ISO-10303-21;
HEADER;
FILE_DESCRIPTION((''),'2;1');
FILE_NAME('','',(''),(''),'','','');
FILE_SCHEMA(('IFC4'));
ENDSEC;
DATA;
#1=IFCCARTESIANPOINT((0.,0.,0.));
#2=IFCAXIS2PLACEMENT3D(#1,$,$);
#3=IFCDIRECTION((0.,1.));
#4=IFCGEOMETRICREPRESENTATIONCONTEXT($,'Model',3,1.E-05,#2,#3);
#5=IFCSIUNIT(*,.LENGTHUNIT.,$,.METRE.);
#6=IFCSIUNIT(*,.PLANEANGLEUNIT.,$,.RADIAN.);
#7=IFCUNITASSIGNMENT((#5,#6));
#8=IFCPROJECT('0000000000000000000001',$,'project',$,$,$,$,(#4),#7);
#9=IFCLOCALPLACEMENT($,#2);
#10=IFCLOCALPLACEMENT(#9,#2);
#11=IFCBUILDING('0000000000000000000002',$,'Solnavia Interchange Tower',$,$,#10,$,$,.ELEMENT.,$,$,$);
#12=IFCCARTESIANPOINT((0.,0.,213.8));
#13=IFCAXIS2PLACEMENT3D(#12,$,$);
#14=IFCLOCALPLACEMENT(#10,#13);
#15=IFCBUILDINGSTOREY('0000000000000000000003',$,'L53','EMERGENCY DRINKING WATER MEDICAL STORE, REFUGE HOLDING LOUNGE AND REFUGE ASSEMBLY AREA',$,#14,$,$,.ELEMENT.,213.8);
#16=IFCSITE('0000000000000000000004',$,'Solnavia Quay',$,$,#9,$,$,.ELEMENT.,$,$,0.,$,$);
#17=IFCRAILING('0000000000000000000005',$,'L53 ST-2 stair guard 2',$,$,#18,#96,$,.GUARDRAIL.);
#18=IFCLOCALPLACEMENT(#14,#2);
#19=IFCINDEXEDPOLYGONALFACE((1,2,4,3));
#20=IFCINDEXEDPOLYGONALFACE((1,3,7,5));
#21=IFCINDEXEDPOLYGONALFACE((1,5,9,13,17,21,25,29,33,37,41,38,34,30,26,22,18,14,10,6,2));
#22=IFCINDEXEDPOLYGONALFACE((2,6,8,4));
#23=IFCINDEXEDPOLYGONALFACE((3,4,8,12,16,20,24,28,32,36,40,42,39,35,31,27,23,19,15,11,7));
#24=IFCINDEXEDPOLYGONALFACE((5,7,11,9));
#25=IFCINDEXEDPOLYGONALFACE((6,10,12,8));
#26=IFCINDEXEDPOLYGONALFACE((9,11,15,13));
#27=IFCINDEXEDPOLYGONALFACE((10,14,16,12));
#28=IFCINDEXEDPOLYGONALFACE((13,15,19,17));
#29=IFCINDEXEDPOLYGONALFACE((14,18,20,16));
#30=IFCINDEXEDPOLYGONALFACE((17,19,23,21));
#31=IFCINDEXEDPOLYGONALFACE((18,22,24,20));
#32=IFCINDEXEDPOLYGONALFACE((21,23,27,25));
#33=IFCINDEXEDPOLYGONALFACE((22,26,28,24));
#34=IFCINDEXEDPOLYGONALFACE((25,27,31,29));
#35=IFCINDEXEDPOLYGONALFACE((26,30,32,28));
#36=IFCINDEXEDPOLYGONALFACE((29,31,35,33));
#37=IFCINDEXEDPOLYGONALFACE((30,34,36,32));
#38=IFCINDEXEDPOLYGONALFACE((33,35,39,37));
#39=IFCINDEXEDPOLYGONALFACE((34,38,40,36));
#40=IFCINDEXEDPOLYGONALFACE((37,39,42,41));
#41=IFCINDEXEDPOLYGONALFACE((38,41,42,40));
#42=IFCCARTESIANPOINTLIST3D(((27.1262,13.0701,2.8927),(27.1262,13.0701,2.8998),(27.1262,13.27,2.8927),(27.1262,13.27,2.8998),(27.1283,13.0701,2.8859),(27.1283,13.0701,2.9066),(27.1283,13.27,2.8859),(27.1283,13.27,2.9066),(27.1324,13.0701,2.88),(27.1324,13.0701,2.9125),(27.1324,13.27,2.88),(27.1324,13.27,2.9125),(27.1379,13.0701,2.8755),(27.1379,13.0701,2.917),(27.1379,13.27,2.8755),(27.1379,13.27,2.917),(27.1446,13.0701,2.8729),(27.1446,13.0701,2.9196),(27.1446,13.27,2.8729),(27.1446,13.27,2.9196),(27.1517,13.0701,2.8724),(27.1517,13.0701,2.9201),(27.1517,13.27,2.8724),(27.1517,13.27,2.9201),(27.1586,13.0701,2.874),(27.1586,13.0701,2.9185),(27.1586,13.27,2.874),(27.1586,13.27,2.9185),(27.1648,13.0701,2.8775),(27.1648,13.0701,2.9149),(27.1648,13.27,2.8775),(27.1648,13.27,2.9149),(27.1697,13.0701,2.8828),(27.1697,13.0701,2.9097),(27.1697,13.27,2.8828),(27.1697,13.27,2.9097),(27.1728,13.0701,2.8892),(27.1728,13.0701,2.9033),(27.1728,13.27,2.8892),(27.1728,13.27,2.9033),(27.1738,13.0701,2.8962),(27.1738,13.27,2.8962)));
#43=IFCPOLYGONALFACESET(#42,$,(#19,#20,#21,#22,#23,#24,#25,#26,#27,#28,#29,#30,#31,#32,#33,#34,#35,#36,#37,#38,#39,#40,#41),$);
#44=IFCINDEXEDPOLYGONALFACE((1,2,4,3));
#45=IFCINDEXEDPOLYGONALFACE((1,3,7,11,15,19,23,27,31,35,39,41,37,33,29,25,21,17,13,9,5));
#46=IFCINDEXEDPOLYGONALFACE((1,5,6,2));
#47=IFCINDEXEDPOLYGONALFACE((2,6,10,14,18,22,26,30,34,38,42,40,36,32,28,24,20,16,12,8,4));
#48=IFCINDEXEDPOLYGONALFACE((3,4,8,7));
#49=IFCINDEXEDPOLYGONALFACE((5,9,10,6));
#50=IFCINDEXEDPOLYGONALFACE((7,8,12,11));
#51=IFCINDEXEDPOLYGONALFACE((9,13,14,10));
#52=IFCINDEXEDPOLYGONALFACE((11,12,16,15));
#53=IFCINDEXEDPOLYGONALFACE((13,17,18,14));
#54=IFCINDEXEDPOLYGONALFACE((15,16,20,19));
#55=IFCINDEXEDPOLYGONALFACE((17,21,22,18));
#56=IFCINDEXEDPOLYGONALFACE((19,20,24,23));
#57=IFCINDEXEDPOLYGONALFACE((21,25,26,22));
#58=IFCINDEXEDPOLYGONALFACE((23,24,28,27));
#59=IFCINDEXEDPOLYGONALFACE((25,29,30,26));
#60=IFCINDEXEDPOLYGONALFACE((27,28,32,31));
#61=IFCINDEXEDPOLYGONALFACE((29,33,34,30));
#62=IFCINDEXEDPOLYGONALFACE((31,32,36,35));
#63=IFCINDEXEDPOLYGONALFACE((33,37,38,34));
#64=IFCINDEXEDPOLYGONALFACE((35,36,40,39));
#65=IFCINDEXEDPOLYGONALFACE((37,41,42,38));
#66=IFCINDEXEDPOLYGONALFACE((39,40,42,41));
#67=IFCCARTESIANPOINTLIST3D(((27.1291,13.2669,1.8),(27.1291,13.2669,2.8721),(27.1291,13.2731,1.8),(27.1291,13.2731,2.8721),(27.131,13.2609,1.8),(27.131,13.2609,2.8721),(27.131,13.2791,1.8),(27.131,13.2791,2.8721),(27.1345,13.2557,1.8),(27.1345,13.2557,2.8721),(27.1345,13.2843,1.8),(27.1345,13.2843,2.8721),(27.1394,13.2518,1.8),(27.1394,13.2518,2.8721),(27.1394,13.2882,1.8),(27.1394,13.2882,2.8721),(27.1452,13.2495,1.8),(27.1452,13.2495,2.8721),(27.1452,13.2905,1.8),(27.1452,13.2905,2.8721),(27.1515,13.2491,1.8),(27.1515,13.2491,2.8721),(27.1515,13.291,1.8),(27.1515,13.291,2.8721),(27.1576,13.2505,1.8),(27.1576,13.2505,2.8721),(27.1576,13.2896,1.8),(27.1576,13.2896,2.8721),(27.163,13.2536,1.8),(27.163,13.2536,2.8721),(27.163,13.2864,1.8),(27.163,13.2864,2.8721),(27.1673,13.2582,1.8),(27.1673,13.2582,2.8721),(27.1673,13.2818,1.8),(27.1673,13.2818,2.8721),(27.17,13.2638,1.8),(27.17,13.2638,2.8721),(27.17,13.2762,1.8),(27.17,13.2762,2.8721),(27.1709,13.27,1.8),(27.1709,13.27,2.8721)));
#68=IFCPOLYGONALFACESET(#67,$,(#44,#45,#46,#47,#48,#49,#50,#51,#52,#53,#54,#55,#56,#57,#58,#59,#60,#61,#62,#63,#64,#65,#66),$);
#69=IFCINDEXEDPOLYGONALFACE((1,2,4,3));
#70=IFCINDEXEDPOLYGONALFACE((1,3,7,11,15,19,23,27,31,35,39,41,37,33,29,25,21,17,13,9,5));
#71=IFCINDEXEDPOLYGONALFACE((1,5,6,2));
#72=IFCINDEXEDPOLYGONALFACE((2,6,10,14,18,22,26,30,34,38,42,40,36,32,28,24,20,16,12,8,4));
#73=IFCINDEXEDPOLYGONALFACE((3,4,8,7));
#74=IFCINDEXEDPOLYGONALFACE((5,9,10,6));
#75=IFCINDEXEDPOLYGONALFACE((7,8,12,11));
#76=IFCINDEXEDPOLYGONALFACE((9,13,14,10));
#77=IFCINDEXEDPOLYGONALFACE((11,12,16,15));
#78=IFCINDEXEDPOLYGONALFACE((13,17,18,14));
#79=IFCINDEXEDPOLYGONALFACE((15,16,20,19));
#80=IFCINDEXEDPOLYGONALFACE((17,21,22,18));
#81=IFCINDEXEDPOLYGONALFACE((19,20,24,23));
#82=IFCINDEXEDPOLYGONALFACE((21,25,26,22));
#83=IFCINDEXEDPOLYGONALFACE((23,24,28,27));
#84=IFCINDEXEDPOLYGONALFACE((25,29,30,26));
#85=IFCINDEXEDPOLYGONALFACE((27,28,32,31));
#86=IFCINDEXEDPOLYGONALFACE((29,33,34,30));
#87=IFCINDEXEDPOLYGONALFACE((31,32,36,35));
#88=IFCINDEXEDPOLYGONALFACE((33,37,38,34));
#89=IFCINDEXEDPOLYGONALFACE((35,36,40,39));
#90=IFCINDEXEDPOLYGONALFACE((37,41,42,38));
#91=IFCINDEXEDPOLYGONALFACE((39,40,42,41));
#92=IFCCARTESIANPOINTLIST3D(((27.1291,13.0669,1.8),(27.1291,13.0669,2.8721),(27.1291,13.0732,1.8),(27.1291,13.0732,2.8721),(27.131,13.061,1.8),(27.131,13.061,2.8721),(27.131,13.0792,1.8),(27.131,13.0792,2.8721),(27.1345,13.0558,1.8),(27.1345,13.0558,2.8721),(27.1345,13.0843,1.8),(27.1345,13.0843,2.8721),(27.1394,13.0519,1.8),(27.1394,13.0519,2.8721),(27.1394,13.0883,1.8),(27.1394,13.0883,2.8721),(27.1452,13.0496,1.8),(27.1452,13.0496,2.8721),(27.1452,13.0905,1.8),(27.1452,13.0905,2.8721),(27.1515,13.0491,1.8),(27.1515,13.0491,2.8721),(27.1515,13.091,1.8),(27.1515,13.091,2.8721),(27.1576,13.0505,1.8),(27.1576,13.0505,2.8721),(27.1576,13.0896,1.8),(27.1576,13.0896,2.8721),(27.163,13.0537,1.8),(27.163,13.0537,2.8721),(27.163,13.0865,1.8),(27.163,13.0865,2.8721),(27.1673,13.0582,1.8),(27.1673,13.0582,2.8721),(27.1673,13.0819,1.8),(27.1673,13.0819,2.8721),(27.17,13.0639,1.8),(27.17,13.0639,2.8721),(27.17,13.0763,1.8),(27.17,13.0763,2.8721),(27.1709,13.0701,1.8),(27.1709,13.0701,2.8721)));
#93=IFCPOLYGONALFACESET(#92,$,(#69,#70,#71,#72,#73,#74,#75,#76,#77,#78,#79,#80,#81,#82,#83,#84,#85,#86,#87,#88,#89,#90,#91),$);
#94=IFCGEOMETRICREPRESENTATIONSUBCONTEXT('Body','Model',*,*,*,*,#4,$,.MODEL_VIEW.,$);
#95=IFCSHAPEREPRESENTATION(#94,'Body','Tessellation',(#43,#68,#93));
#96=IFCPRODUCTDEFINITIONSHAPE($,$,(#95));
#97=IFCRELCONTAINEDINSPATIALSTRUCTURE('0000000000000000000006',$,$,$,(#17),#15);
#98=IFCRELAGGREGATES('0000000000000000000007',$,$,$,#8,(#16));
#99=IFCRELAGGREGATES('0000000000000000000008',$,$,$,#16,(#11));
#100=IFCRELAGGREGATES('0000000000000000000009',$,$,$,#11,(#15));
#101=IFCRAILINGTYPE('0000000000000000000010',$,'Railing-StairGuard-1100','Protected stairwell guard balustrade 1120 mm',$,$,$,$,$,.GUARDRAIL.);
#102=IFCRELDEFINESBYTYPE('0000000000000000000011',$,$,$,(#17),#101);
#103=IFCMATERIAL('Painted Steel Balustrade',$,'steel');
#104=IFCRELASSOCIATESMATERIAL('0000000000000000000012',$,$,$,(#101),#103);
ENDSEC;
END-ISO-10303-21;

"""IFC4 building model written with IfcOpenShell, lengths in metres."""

from ifc_helpers import new_model, si_unit, direction, frame, origin, origin_2d, place, context, subcontext, project, spatial, circle, extrude, material, type_object, element, save


model = new_model("IFC4")

# Units and contexts
model_context = context("Model", 3, precision=1e-05, world=origin(), true_north=direction((0.0, 1.0)))
body_context = subcontext(model_context, "Body", "Model", "MODEL_VIEW")
ifc_project = project(units=[si_unit("LENGTHUNIT", "METRE"), si_unit("PLANEANGLEUNIT", "RADIAN")], contexts=[model_context])

# Site, building, storey
site_placement = place(None, origin())
site = spatial("IfcSite", under=ifc_project, at=site_placement, Name="Solnavia Quay", CompositionType="ELEMENT", RefElevation=0.0)
building_placement = place(site_placement, origin())
building = spatial("IfcBuilding", under=site, at=building_placement, Name="Solnavia Interchange Tower", CompositionType="ELEMENT")
storey_placement = place(building_placement, frame((0.0, 0.0, 213.8)))
storey = spatial("IfcBuildingStorey", under=building, at=storey_placement, Name="L53", Description="EMERGENCY DRINKING WATER MEDICAL STORE, REFUGE HOLDING LOUNGE AND REFUGE ASSEMBLY AREA", CompositionType="ELEMENT", Elevation=213.8)

# Railing
ifc_material_1 = material(Name="Painted Steel Balustrade", Category="steel")
railing_type_1 = type_object("IfcRailingType", Name="Railing-StairGuard-1100", Description="Protected stairwell guard balustrade 1120 mm", PredefinedType="GUARDRAIL", material=ifc_material_1)
railing_1_placement = place(storey_placement, frame((27.1499, 13.27, 1.8)))
element("IfcRailing", 1, at=railing_1_placement, inside=storey, type_object=railing_type_1, Name="L53 ST-2 stair guard 2", PredefinedType="GUARDRAIL", context=body_context, shape_type="SweptSolid", body=[
    extrude(circle(Radius=0.0239, at=origin_2d()), frame((0.0, 0.0, 1.0962), z_axis=(0.0, -1.0, 0.0), x_axis=(1.0, 0.0, 0.0)), (0.0, 0.0, 1.0), 0.2),
    extrude(circle(Radius=0.021, at=origin_2d()), origin(), (0.0, 0.0, 1.0), 1.072),
    extrude(circle(Radius=0.021, at=origin_2d()), frame((0.0, -0.2, 0.0)), (0.0, 0.0, 1.0), 1.072),
])

save(model, "model.ifc")
